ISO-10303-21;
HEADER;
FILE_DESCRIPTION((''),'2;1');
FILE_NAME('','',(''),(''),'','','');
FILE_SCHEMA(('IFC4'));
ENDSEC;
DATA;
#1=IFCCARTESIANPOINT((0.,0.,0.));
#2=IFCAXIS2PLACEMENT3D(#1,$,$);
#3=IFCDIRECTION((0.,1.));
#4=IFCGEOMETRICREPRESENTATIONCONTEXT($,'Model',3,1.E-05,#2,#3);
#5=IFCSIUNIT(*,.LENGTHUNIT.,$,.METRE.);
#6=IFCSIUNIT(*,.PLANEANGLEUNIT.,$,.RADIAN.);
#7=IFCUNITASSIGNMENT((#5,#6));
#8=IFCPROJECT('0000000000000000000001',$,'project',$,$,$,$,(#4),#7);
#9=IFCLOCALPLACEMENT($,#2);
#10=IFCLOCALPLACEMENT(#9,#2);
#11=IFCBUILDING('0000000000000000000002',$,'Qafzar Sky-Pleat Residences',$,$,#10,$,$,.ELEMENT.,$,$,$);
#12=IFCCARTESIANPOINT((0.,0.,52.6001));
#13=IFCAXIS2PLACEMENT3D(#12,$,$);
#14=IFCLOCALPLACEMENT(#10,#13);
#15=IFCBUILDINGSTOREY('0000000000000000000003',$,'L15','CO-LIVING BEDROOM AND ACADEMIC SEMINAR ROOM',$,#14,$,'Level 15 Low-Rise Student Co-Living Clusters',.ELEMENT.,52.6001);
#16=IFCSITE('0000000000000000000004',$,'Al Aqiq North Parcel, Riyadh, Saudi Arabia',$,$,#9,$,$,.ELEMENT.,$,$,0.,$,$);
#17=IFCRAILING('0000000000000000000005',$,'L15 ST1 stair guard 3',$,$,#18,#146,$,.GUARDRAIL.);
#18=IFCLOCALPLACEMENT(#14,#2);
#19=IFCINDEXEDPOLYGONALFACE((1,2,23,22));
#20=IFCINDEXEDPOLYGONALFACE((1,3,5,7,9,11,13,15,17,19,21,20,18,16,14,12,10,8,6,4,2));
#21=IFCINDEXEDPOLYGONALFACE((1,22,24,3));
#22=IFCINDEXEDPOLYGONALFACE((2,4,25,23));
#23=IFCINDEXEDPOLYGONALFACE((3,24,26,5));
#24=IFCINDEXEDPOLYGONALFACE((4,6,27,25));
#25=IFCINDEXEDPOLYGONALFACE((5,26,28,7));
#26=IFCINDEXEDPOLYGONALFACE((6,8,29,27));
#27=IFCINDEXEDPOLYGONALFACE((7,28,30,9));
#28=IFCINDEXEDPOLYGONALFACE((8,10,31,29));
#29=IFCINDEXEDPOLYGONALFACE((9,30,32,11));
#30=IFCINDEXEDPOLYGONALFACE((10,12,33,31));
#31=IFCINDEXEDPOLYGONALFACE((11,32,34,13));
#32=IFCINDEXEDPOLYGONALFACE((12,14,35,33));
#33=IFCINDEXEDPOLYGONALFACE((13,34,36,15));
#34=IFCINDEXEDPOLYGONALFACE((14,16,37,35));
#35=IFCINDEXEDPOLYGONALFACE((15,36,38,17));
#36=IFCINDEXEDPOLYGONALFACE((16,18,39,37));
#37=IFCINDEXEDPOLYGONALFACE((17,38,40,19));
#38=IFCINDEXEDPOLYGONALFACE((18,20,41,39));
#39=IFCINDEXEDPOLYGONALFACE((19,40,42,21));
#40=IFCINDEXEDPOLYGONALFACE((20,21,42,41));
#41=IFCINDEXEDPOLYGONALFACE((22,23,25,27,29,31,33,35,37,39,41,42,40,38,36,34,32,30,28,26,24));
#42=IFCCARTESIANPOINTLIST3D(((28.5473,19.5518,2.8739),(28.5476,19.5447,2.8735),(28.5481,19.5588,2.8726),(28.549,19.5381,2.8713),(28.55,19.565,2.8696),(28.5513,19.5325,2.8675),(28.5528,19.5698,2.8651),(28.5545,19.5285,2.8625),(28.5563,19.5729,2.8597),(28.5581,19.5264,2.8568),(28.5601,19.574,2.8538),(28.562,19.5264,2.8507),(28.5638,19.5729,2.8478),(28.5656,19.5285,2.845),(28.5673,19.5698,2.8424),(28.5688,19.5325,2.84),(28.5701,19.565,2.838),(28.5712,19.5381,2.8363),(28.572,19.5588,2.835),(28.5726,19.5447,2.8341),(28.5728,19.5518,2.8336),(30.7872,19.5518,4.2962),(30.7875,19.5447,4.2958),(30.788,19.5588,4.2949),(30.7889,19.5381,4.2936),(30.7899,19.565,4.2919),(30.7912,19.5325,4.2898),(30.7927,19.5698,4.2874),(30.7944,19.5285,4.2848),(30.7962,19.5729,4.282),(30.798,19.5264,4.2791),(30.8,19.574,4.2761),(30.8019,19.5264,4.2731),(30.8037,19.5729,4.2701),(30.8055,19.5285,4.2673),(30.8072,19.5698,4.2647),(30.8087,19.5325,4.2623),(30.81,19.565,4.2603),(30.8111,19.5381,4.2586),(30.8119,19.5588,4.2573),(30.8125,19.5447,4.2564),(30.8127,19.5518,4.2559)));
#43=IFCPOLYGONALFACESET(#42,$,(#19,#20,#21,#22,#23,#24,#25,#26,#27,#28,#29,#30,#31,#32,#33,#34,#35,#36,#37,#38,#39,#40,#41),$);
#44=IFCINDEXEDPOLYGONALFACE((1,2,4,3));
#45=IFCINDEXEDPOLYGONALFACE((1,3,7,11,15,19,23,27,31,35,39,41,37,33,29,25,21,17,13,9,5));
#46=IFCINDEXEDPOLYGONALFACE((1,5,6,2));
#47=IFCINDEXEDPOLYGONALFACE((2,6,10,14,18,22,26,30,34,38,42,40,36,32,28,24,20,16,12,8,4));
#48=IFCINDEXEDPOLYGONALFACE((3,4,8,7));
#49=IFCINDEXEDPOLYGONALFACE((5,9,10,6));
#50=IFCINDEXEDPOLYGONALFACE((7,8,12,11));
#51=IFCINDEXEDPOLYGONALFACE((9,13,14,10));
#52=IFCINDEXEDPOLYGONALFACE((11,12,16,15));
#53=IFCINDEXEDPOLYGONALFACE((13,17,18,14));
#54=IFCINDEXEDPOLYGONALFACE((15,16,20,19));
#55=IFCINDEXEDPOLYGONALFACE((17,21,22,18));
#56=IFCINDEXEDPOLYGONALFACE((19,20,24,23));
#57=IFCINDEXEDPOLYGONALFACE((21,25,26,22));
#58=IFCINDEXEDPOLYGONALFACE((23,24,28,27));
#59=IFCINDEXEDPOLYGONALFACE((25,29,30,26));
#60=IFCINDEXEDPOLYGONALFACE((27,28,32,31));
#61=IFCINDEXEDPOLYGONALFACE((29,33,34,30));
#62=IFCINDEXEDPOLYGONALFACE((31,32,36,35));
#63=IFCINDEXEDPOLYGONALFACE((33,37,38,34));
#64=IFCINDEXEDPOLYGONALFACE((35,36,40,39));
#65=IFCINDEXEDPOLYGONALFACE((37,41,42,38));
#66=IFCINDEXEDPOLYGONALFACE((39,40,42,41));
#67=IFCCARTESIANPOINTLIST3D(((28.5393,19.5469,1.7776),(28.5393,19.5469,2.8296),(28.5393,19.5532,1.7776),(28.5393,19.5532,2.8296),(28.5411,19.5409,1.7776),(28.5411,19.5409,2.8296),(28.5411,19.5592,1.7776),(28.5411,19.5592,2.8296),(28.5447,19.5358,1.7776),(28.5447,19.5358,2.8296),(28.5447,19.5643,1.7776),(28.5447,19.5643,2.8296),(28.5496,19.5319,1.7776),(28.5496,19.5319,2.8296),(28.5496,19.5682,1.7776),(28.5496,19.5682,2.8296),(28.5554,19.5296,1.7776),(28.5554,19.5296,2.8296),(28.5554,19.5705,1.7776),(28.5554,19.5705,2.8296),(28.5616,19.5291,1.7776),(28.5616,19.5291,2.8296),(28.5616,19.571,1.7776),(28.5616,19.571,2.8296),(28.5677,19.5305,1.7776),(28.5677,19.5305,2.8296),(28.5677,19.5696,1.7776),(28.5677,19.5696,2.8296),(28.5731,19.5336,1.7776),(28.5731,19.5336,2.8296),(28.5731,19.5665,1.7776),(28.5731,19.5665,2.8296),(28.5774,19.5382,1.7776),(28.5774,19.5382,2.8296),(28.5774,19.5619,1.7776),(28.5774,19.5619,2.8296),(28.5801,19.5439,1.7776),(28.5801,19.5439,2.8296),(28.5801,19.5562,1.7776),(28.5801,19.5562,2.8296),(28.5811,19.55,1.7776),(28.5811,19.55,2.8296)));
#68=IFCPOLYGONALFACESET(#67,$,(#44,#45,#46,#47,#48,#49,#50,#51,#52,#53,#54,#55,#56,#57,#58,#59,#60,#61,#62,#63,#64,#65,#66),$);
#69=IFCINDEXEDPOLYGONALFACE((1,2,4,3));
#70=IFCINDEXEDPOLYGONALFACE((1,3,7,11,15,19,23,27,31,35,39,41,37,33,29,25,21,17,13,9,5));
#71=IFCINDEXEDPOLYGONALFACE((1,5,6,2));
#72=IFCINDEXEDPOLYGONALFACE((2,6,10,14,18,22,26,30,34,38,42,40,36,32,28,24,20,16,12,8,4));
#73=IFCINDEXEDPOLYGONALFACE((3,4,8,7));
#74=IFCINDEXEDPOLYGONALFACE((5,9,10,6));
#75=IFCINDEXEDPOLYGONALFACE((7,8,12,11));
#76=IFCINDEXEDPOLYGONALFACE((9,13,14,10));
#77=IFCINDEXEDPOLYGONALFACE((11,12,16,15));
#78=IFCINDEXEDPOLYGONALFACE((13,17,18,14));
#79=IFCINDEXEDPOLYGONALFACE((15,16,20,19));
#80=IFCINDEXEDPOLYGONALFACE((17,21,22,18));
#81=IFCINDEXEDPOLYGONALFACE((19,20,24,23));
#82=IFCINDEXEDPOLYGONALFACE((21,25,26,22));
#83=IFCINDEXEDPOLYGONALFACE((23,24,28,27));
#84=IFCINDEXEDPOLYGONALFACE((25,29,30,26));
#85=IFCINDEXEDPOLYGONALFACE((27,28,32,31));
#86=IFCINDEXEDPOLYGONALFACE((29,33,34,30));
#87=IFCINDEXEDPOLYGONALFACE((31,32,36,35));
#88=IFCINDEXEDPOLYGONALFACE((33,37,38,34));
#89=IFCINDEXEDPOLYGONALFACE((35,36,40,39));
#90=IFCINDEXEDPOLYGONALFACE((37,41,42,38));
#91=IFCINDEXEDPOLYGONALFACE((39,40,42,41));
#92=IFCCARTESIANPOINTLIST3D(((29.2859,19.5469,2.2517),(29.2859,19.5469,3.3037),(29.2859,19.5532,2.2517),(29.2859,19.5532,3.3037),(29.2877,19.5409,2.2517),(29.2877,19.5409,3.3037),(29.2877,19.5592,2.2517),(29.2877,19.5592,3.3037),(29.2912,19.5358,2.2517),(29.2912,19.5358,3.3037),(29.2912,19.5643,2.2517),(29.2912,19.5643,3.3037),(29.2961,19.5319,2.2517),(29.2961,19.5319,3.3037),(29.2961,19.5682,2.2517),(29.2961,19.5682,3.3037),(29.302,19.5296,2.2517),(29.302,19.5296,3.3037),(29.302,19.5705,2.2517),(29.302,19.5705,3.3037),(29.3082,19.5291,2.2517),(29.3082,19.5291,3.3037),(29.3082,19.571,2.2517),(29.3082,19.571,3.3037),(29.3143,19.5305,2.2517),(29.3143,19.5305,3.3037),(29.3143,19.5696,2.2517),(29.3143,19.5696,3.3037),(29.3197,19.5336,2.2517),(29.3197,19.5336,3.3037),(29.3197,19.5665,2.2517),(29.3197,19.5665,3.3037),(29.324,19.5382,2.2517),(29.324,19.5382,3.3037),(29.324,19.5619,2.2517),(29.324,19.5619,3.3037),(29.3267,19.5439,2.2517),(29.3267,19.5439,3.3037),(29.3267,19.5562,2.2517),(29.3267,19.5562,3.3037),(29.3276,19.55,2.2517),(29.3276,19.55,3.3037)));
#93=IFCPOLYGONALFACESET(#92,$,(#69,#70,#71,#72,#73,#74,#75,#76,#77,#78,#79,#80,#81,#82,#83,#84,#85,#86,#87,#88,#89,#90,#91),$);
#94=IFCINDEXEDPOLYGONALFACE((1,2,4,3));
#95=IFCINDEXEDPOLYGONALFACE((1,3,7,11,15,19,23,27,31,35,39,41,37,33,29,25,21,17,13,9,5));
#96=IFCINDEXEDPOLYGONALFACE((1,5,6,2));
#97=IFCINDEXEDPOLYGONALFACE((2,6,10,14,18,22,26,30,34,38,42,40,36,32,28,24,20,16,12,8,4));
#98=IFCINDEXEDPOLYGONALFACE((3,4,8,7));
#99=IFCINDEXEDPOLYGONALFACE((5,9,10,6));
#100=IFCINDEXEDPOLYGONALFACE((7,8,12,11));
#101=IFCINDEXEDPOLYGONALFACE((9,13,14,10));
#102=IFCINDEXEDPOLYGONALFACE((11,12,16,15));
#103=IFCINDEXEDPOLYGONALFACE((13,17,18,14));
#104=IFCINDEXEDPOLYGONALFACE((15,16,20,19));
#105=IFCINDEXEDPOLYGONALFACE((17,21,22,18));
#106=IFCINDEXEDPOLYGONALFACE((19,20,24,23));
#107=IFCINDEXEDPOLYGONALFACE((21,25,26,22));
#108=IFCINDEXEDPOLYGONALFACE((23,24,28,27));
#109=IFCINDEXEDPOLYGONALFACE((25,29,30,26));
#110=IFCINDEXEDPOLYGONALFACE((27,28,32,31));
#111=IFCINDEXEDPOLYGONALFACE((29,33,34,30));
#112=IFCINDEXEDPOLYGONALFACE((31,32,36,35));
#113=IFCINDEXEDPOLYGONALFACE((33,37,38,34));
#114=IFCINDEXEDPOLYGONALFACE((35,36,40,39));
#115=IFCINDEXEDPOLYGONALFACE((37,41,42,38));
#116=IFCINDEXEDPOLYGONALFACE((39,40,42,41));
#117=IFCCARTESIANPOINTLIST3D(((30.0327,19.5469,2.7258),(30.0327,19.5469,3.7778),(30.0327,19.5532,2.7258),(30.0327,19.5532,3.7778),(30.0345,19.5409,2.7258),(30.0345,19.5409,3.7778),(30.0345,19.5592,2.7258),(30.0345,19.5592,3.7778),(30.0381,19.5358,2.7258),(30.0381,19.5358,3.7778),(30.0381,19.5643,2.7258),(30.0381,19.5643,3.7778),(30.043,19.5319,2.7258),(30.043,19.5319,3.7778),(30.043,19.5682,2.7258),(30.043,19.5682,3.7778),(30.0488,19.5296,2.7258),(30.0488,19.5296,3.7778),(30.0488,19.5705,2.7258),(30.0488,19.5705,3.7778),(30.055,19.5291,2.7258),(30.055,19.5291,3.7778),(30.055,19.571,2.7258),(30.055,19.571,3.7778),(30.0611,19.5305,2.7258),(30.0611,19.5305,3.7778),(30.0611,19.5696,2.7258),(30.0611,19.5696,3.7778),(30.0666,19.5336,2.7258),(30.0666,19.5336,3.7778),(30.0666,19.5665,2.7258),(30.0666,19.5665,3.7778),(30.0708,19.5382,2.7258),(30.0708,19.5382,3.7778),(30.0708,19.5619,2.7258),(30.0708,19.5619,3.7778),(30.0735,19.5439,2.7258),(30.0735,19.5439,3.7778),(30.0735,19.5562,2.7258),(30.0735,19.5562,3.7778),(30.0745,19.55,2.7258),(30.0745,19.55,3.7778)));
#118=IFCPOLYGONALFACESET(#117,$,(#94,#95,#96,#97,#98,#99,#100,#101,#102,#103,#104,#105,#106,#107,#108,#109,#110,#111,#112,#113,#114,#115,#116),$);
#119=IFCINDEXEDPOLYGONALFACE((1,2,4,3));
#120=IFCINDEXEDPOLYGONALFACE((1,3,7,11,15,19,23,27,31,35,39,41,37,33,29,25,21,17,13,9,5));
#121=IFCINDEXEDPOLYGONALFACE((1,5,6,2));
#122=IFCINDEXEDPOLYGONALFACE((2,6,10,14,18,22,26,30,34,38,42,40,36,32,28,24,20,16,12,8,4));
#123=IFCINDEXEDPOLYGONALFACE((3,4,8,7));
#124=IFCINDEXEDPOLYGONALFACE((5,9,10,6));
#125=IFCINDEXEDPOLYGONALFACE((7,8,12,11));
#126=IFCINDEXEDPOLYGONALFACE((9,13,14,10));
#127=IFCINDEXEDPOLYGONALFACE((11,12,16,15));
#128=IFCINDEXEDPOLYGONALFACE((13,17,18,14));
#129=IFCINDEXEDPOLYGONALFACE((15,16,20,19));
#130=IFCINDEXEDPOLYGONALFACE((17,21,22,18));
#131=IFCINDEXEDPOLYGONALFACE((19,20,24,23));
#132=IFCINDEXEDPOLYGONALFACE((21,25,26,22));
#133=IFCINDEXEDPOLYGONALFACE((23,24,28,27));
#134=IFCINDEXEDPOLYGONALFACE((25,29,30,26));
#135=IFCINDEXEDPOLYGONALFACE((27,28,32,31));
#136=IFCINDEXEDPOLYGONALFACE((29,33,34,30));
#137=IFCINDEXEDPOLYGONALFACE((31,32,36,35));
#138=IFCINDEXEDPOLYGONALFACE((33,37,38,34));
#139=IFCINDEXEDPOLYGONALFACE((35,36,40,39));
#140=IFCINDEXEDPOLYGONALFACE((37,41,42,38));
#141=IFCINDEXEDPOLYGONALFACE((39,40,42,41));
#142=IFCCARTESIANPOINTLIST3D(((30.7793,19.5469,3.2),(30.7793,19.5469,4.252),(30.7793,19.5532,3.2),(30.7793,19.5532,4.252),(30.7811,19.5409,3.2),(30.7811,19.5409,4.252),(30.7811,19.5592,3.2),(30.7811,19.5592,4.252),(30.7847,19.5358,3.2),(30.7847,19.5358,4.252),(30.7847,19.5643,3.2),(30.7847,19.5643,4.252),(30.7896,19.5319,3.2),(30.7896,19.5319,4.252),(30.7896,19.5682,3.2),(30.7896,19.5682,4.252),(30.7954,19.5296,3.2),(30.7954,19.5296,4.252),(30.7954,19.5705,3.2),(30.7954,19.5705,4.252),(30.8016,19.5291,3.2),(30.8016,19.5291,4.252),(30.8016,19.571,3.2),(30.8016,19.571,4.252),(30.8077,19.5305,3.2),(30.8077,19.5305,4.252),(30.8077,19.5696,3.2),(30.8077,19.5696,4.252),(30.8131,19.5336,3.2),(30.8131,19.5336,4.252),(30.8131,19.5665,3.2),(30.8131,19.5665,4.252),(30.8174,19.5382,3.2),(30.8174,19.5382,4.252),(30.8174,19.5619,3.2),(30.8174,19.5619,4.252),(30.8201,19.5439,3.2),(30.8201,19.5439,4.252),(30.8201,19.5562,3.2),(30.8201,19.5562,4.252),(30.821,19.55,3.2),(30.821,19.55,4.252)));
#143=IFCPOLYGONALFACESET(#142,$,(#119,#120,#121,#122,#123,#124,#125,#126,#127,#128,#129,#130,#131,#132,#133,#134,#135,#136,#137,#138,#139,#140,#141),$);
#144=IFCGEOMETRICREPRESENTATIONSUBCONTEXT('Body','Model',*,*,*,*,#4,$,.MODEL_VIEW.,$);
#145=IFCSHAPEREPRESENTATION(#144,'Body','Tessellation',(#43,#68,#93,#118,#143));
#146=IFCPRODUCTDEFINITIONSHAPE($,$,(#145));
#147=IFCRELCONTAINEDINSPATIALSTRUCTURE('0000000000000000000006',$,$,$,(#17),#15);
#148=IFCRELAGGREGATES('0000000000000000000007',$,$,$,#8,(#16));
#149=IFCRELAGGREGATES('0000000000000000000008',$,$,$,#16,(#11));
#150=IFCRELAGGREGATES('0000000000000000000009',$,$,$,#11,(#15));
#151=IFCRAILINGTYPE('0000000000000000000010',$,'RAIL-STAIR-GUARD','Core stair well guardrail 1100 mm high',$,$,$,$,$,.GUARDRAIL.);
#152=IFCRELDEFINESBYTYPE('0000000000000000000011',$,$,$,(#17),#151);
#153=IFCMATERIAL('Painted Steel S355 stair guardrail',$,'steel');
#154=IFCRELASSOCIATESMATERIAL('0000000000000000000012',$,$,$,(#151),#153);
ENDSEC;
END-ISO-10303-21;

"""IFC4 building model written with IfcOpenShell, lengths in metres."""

from ifc_helpers import new_model, si_unit, direction, frame, origin, origin_2d, place, context, subcontext, project, spatial, circle, extrude, source, transform, mapped, material, type_object, element, save


model = new_model("IFC4")

# Units and contexts
model_context = context("Model", 3, precision=1e-05, world=origin(), true_north=direction((0.0, 1.0)))
body_context = subcontext(model_context, "Body", "Model", "MODEL_VIEW")
ifc_project = project(units=[si_unit("LENGTHUNIT", "METRE"), si_unit("PLANEANGLEUNIT", "RADIAN")], contexts=[model_context])

# Site, building, storey
site_placement = place(None, origin())
site = spatial("IfcSite", under=ifc_project, at=site_placement, Name="Al Aqiq North Parcel, Riyadh, Saudi Arabia", CompositionType="ELEMENT", RefElevation=0.0)
building_placement = place(site_placement, origin())
building = spatial("IfcBuilding", under=site, at=building_placement, Name="Qafzar Sky-Pleat Residences", CompositionType="ELEMENT")
storey_placement = place(building_placement, frame((0.0, 0.0, 52.6001)))
storey = spatial("IfcBuildingStorey", under=building, at=storey_placement, Name="L15", Description="CO-LIVING BEDROOM AND ACADEMIC SEMINAR ROOM", LongName="Level 15 Low-Rise Student Co-Living Clusters", CompositionType="ELEMENT", Elevation=52.6001)

# Railing
ifc_material_1 = material(Name="Painted Steel S355 stair guardrail", Category="steel")
railing_type_1 = type_object("IfcRailingType", Name="RAIL-STAIR-GUARD", Description="Core stair well guardrail 1100 mm high", PredefinedType="GUARDRAIL", material=ifc_material_1)
shared_shape_1 = source(origin(), body_context, "Body", "SweptSolid", [
    extrude(circle(Radius=0.0239, at=origin_2d()), frame((0.0, 0.0, 1.0762), z_axis=(0.844188, 0.0, 0.536048), x_axis=(0.0, 1.0, 0.0)), (0.0, 0.0, 1.0), 2.6533),
    extrude(circle(Radius=0.021, at=origin_2d()), origin(), (0.0, 0.0, 1.0), 1.052),
    extrude(circle(Radius=0.021, at=origin_2d()), frame((0.7466, 0.0, 0.4741)), (0.0, 0.0, 1.0), 1.052),
    extrude(circle(Radius=0.021, at=origin_2d()), frame((1.4934, 0.0, 0.9482)), (0.0, 0.0, 1.0), 1.052),
    extrude(circle(Radius=0.021, at=origin_2d()), frame((2.24, 0.0, 1.4224)), (0.0, 0.0, 1.0), 1.052),
])
railing_1_placement = place(storey_placement, frame((28.5601, 19.55, 1.7776)))
element("IfcRailing", 1, at=railing_1_placement, inside=storey, type_object=railing_type_1, Name="L15 ST1 stair guard 3", PredefinedType="GUARDRAIL", context=body_context, shape_type="MappedRepresentation", body=[
    mapped(shared_shape_1, transform((0.0, 0.0, 0.0), x_axis=(1.0, 0.0, 0.0), y_axis=(0.0, 1.0, 0.0), z_axis=(0.0, 0.0, 1.0), scale=1.0)),
])

save(model, "model.ifc")
